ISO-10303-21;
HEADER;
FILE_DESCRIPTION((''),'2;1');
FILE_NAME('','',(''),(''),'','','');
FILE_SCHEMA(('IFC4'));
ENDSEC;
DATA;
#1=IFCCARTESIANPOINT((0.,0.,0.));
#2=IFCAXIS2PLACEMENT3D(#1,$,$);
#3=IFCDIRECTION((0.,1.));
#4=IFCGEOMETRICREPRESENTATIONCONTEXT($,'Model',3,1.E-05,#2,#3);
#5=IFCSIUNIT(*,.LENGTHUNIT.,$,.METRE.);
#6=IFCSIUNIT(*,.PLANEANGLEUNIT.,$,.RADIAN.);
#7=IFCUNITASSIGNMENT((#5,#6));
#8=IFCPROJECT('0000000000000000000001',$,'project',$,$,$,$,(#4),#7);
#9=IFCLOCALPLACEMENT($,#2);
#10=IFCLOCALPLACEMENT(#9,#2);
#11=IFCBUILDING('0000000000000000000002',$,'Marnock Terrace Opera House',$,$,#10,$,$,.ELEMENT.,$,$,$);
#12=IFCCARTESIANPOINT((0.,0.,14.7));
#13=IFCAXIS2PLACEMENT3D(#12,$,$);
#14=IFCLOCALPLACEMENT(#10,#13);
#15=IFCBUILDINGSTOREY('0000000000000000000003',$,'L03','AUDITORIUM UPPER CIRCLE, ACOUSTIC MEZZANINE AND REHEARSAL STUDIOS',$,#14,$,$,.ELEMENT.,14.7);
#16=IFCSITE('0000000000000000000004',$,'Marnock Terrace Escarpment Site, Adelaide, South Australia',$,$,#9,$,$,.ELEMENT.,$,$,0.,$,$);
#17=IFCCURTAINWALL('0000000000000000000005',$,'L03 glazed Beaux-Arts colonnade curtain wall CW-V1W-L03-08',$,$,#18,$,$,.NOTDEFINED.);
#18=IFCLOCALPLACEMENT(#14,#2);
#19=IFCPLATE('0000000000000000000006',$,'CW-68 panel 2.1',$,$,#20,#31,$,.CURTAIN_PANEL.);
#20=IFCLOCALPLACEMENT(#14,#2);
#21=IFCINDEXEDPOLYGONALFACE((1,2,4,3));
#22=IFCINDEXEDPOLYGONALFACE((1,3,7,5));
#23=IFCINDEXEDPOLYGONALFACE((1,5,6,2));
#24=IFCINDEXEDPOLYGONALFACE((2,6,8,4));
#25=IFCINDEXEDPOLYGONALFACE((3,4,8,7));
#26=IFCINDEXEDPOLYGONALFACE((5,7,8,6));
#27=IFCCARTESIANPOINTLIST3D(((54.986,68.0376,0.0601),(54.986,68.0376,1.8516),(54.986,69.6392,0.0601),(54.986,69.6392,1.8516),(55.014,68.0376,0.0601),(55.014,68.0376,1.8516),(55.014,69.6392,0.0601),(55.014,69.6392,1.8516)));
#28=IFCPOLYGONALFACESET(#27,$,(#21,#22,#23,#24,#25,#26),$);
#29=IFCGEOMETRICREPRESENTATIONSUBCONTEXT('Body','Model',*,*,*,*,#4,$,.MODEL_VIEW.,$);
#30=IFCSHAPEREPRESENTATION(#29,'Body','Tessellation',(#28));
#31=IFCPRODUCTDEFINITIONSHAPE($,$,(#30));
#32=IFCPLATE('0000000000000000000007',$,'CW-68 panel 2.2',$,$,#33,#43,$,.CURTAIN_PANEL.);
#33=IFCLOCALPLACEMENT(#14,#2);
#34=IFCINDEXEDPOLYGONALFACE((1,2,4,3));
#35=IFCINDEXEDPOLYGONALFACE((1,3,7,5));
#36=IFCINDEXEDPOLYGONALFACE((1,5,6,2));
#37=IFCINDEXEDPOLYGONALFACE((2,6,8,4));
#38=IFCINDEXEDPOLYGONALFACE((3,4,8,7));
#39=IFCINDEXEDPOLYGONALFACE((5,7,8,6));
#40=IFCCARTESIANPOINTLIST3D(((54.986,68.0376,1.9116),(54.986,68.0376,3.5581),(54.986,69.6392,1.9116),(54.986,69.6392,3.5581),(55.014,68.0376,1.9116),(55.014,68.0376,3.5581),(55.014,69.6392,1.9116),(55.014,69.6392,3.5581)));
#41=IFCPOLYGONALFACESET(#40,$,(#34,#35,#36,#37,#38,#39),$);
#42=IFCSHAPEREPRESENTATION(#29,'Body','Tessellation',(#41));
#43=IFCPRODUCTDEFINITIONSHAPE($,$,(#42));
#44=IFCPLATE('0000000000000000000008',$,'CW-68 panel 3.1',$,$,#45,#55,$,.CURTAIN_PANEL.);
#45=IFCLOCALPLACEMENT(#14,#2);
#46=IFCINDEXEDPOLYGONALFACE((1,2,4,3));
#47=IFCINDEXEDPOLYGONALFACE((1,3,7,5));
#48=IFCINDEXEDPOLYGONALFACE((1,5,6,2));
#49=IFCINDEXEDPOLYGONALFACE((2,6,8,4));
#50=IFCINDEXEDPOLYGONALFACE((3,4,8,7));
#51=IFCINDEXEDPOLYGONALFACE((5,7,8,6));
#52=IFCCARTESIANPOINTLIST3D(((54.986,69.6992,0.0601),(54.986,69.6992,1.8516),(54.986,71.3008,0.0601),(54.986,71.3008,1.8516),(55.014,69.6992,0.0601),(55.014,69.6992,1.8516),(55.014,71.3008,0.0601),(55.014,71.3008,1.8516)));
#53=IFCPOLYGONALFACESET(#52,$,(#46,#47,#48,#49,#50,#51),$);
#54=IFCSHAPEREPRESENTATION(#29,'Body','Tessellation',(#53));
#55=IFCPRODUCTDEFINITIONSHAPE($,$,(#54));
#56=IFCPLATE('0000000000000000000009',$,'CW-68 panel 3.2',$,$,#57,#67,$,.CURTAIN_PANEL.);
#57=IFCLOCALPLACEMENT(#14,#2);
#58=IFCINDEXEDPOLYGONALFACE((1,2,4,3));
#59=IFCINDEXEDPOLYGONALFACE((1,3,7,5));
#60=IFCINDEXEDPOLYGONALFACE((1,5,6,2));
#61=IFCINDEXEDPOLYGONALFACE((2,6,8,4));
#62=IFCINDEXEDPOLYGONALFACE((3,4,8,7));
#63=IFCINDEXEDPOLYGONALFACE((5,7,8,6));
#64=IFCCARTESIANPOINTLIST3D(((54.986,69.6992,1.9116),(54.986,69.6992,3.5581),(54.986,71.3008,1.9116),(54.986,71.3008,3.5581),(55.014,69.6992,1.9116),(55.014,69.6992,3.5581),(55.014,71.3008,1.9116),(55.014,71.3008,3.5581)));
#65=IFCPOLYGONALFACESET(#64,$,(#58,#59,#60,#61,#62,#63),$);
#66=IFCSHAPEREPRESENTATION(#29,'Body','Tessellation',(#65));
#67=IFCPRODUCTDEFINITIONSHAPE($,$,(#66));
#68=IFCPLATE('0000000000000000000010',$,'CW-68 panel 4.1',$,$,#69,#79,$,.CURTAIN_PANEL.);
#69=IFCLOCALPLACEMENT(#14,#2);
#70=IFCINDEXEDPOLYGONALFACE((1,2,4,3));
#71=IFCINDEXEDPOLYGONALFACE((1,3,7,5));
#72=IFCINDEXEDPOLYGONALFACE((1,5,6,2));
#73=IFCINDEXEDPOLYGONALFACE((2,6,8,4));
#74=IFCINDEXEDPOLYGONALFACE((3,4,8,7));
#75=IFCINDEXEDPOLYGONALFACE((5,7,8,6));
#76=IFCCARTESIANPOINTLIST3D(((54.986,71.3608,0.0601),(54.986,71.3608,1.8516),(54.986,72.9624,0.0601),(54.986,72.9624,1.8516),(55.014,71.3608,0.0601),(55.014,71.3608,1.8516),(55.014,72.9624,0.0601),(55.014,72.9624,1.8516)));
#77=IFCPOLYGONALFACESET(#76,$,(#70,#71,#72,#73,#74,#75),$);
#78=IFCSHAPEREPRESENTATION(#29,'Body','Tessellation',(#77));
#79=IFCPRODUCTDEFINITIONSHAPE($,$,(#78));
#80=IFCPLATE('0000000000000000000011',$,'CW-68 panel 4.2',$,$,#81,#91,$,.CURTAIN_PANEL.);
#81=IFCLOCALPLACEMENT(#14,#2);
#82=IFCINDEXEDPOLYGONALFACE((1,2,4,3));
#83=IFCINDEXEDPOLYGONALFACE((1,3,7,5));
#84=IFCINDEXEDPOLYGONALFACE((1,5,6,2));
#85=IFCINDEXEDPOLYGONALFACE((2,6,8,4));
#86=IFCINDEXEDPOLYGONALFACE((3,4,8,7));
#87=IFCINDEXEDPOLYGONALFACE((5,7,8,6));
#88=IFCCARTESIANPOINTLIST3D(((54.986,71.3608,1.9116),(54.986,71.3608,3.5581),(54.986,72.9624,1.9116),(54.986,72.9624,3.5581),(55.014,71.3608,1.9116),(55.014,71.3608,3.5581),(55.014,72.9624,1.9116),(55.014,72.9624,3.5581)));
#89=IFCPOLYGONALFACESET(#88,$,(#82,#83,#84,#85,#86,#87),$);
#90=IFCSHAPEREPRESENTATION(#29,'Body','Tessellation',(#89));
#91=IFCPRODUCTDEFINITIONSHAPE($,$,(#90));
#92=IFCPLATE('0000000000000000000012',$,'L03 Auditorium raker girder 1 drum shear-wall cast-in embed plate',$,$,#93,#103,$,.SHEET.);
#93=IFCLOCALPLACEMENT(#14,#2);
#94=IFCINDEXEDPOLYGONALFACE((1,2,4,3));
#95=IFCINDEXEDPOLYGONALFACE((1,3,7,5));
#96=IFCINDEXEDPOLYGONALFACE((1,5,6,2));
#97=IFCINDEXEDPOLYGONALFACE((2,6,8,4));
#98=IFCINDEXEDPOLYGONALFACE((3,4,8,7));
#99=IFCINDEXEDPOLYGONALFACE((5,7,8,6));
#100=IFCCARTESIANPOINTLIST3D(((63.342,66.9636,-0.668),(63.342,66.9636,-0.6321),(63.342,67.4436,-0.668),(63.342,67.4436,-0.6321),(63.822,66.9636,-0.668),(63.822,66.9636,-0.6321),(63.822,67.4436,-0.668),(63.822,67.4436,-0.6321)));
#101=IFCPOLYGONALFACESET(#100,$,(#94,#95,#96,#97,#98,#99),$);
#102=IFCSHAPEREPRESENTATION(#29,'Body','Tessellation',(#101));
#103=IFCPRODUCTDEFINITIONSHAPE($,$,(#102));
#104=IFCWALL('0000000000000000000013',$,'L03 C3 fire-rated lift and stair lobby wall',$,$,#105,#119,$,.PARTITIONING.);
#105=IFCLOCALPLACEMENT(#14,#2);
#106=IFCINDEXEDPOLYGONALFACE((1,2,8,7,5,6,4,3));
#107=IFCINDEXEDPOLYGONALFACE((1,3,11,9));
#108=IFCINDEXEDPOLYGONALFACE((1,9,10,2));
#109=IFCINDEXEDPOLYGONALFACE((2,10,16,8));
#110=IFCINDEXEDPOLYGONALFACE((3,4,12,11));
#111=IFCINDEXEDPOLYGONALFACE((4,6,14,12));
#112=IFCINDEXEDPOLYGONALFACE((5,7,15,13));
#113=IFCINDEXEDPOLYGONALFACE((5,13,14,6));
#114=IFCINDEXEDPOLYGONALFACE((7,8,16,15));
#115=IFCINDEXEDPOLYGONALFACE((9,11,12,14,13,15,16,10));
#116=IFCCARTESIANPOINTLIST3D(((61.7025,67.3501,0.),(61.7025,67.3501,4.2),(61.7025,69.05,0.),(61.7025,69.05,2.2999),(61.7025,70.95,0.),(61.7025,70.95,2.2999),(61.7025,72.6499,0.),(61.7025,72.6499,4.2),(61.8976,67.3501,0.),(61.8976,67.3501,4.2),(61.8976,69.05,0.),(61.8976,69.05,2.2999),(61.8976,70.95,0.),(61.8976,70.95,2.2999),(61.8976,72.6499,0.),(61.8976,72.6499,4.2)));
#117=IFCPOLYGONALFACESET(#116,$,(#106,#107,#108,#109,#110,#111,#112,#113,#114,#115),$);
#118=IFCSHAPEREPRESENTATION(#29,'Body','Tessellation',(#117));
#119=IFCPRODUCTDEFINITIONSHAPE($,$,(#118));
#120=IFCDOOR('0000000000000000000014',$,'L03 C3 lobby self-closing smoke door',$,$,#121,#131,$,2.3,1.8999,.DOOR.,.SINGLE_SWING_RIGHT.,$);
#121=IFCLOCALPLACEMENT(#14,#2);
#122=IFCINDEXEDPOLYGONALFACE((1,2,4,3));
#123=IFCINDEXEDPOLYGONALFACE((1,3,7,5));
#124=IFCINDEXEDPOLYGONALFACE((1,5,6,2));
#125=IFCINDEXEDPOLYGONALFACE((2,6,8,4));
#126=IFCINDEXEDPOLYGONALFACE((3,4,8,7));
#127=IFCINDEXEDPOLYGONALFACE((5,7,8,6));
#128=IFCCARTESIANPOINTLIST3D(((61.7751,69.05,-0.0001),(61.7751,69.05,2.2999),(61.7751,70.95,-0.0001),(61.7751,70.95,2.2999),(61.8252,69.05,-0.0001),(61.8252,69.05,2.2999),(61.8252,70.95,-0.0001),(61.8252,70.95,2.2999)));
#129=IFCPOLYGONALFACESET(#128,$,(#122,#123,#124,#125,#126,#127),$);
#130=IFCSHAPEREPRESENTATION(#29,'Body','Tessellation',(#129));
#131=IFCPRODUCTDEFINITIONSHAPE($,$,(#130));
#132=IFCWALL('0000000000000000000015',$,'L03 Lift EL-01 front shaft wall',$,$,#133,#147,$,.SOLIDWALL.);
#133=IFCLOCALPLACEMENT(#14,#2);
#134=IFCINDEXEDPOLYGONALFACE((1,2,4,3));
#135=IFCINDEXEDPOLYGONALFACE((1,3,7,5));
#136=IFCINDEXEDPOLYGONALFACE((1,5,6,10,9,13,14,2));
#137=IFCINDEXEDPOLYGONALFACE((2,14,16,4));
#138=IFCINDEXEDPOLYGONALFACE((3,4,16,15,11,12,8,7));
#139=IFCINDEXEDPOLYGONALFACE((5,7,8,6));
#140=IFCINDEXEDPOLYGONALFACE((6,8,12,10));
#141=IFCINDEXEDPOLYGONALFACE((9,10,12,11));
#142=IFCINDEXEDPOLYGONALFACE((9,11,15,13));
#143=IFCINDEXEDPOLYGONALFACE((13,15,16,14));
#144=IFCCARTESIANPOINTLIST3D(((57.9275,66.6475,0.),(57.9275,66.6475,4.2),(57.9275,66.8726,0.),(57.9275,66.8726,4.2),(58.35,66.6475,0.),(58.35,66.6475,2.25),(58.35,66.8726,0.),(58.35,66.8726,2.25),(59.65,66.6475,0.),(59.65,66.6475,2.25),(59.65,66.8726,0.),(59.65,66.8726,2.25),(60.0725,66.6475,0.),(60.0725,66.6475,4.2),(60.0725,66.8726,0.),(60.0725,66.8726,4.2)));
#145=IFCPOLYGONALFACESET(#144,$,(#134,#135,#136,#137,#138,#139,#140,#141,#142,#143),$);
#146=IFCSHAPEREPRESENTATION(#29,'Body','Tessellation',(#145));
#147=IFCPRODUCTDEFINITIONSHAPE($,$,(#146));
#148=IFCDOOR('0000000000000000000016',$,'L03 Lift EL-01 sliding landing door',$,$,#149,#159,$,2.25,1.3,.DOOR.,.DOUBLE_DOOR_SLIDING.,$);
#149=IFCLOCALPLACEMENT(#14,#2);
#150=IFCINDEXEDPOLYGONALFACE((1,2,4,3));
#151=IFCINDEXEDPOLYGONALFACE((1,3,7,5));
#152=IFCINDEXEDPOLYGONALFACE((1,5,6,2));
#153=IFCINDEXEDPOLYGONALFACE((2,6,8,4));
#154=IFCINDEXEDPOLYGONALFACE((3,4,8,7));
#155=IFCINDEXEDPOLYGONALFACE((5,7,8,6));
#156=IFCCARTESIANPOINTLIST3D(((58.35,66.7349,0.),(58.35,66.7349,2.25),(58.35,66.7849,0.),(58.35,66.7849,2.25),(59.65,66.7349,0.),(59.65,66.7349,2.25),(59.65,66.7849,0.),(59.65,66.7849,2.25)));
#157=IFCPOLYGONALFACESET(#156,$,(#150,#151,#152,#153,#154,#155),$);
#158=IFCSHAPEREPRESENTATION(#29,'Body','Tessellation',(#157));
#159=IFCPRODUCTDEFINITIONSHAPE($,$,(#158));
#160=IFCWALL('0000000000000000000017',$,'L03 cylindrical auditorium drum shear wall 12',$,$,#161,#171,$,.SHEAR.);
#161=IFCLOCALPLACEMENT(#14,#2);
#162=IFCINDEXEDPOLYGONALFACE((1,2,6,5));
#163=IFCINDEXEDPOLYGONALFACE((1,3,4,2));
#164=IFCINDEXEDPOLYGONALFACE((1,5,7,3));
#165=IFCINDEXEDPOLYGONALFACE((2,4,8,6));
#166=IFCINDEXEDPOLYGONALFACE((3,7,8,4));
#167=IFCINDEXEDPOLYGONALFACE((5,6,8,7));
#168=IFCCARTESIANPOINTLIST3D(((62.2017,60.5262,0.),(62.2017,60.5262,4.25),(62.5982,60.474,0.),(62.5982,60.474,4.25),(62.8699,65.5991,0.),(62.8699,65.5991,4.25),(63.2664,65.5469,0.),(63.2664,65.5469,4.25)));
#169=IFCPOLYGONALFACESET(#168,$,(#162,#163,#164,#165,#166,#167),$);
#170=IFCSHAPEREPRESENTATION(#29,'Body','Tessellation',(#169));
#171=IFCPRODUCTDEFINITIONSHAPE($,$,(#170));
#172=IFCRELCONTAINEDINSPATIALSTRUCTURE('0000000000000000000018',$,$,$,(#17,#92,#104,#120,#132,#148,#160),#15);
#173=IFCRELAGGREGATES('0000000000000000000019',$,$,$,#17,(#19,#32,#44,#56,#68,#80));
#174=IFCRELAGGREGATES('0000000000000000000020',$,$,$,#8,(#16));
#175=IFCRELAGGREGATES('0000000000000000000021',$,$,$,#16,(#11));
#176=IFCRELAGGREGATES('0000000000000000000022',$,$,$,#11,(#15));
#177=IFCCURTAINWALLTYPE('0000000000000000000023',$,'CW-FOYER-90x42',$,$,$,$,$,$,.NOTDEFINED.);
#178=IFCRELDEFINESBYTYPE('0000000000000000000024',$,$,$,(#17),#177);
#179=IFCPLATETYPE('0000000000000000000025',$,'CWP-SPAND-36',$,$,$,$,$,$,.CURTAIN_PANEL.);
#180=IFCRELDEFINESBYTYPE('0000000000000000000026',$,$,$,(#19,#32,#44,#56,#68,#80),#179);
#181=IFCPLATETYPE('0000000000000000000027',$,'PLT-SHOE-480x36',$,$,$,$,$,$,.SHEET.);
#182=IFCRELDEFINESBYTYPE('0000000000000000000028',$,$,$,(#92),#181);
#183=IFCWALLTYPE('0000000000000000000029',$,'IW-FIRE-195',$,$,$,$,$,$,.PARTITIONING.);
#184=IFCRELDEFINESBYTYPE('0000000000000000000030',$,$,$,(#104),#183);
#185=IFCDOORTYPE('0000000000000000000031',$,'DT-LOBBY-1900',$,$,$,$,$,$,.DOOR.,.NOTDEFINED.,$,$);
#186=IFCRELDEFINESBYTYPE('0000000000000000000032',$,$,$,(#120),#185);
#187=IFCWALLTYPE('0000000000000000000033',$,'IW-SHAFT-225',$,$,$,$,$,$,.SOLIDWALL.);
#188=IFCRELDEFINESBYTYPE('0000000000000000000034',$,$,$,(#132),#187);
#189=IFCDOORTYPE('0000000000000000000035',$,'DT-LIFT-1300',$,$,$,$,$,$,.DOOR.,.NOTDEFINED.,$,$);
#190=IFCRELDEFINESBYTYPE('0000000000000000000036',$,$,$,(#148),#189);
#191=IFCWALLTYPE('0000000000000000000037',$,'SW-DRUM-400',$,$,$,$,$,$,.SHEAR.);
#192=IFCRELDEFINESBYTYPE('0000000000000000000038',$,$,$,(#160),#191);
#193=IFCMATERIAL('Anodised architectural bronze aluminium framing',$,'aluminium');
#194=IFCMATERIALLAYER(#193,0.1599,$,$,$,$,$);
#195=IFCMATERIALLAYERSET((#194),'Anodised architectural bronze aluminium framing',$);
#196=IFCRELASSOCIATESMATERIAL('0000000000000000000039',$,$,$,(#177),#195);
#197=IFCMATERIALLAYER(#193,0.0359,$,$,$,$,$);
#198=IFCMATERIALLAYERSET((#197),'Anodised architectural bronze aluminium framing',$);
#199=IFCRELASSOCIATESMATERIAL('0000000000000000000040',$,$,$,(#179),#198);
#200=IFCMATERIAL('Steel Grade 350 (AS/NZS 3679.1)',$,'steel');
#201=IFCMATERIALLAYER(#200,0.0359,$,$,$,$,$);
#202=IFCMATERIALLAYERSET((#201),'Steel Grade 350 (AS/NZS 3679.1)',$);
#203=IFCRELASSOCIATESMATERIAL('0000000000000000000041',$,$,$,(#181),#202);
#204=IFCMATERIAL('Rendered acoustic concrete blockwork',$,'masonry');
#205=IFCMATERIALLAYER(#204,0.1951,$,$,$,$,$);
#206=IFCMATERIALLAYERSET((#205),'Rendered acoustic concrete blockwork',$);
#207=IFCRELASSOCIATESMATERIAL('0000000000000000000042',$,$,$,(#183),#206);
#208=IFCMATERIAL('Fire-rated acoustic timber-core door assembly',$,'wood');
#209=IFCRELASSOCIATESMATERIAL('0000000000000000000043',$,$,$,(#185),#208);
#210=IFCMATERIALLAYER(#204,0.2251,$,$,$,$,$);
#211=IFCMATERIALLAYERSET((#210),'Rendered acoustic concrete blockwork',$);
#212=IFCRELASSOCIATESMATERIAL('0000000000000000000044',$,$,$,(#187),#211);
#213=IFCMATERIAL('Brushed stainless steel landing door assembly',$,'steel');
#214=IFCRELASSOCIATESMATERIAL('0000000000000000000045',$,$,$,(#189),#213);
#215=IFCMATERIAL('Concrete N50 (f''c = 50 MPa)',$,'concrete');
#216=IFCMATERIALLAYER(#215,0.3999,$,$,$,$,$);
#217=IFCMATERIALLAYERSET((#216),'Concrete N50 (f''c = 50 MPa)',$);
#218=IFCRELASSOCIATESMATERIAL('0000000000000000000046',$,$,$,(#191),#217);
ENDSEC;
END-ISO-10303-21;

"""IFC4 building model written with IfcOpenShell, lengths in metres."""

from ifc_helpers import new_model, si_unit, direction, frame, frame_2d, origin, origin_2d, place, context, subcontext, project, spatial, rectangle, extrude, material, layer, layer_set, type_object, element, fill, aggregate, save


model = new_model("IFC4")

# Units and contexts
model_context = context("Model", 3, precision=1e-05, world=origin(), true_north=direction((0.0, 1.0)))
body_context = subcontext(model_context, "Body", "Model", "MODEL_VIEW")
ifc_project = project(units=[si_unit("LENGTHUNIT", "METRE"), si_unit("PLANEANGLEUNIT", "RADIAN")], contexts=[model_context])

# Site, building, storey
site_placement = place(None, origin())
site = spatial("IfcSite", under=ifc_project, at=site_placement, Name="Marnock Terrace Escarpment Site, Adelaide, South Australia", CompositionType="ELEMENT", RefElevation=0.0)
building_placement = place(site_placement, origin())
building = spatial("IfcBuilding", under=site, at=building_placement, Name="Marnock Terrace Opera House", CompositionType="ELEMENT")
storey_placement = place(building_placement, frame((0.0, 0.0, 14.7)))
storey = spatial("IfcBuildingStorey", under=building, at=storey_placement, Name="L03", Description="AUDITORIUM UPPER CIRCLE, ACOUSTIC MEZZANINE AND REHEARSAL STUDIOS", CompositionType="ELEMENT", Elevation=14.7)

# Shared definitions
ifc_material_1 = material(Name="Steel Grade 350 (AS/NZS 3679.1)", Category="steel")

# Shared definitions
ifc_material_2 = material(Name="Anodised architectural bronze aluminium framing", Category="aluminium")
ifc_layer_1 = layer(ifc_material_2, 0.1599)
ifc_layer_set_1 = layer_set([ifc_layer_1], Name="Anodised architectural bronze aluminium framing")
curtain_wall_type = type_object("IfcCurtainWallType", Name="CW-FOYER-90x42", PredefinedType="NOTDEFINED", material=ifc_layer_set_1)

# Curtain wall
curtain_wall_1_placement = place(storey_placement, origin())
curtain_wall_1 = element("IfcCurtainWall", 1, at=curtain_wall_1_placement, inside=storey, type_object=curtain_wall_type, Name="L03 glazed Beaux-Arts colonnade curtain wall CW-V1W-L03-08", PredefinedType="NOTDEFINED")

# Plates
ifc_layer_2 = layer(ifc_material_2, 0.0359)
ifc_layer_set_2 = layer_set([ifc_layer_2], Name="Anodised architectural bronze aluminium framing")
plate_type_1 = type_object("IfcPlateType", Name="CWP-SPAND-36", PredefinedType="CURTAIN_PANEL", material=ifc_layer_set_2)
plate_1_placement = place(storey_placement, frame((55.0, 68.8384, 0.0601), z_axis=(0.0, 0.0, 1.0), x_axis=(0.0, 1.0, 0.0)))
plate_1 = element("IfcPlate", 2, at=plate_1_placement, type_object=plate_type_1, Name="CW-68 panel 2.1", PredefinedType="CURTAIN_PANEL", context=body_context, shape_type="SweptSolid", body=[
    extrude(rectangle(XDim=1.6016, YDim=0.0281, at=origin_2d()), origin(), (0.0, 0.0, 1.0), 1.7915),
])
plate_2_placement = place(storey_placement, frame((55.0, 68.8384, 1.9116), z_axis=(0.0, 0.0, 1.0), x_axis=(0.0, 1.0, 0.0)))
plate_2 = element("IfcPlate", 3, at=plate_2_placement, type_object=plate_type_1, Name="CW-68 panel 2.2", PredefinedType="CURTAIN_PANEL", context=body_context, shape_type="SweptSolid", body=[
    extrude(rectangle(XDim=1.6016, YDim=0.0281, at=origin_2d()), origin(), (0.0, 0.0, 1.0), 1.6465),
])
plate_3_placement = place(storey_placement, frame((55.0, 70.5, 0.0601), z_axis=(0.0, 0.0, 1.0), x_axis=(0.0, 1.0, 0.0)))
plate_3 = element("IfcPlate", 4, at=plate_3_placement, type_object=plate_type_1, Name="CW-68 panel 3.1", PredefinedType="CURTAIN_PANEL", context=body_context, shape_type="SweptSolid", body=[
    extrude(rectangle(XDim=1.6016, YDim=0.0281, at=origin_2d()), origin(), (0.0, 0.0, 1.0), 1.7915),
])
plate_4_placement = place(storey_placement, frame((55.0, 70.5, 1.9116), z_axis=(0.0, 0.0, 1.0), x_axis=(0.0, 1.0, 0.0)))
plate_4 = element("IfcPlate", 5, at=plate_4_placement, type_object=plate_type_1, Name="CW-68 panel 3.2", PredefinedType="CURTAIN_PANEL", context=body_context, shape_type="SweptSolid", body=[
    extrude(rectangle(XDim=1.6016, YDim=0.0281, at=origin_2d()), origin(), (0.0, 0.0, 1.0), 1.6465),
])
plate_5_placement = place(storey_placement, frame((55.0, 72.1616, 0.0601), z_axis=(0.0, 0.0, 1.0), x_axis=(0.0, 1.0, 0.0)))
plate_5 = element("IfcPlate", 6, at=plate_5_placement, type_object=plate_type_1, Name="CW-68 panel 4.1", PredefinedType="CURTAIN_PANEL", context=body_context, shape_type="SweptSolid", body=[
    extrude(rectangle(XDim=1.6016, YDim=0.0281, at=origin_2d()), origin(), (0.0, 0.0, 1.0), 1.7915),
])
plate_6_placement = place(storey_placement, frame((55.0, 72.1616, 1.9116), z_axis=(0.0, 0.0, 1.0), x_axis=(0.0, 1.0, 0.0)))
plate_6 = element("IfcPlate", 7, at=plate_6_placement, type_object=plate_type_1, Name="CW-68 panel 4.2", PredefinedType="CURTAIN_PANEL", context=body_context, shape_type="SweptSolid", body=[
    extrude(rectangle(XDim=1.6016, YDim=0.0281, at=origin_2d()), origin(), (0.0, 0.0, 1.0), 1.6465),
])
aggregate(curtain_wall_1, [plate_1, plate_2, plate_3, plate_4, plate_5, plate_6])
ifc_layer_3 = layer(ifc_material_1, 0.0359)
ifc_layer_set_3 = layer_set([ifc_layer_3], Name="Steel Grade 350 (AS/NZS 3679.1)")
plate_type_2 = type_object("IfcPlateType", Name="PLT-SHOE-480x36", PredefinedType="SHEET", material=ifc_layer_set_3)
plate_7_placement = place(storey_placement, frame((63.582, 67.2036, -0.668), z_axis=(0.0, 0.0, 1.0), x_axis=(1.0, 0.0, 0.0)))
element("IfcPlate", 8, at=plate_7_placement, inside=storey, type_object=plate_type_2, Name="L03 Auditorium raker girder 1 drum shear-wall cast-in embed plate", PredefinedType="SHEET", context=body_context, shape_type="SweptSolid", body=[
    extrude(rectangle(XDim=0.48, YDim=0.48, at=origin_2d()), origin(), (0.0, 0.0, 1.0), 0.0359),
])

# Walls, openings, doors
ifc_material_3 = material(Name="Rendered acoustic concrete blockwork", Category="masonry")
ifc_layer_4 = layer(ifc_material_3, 0.1951)
ifc_layer_set_4 = layer_set([ifc_layer_4], Name="Rendered acoustic concrete blockwork")
wall_type_1 = type_object("IfcWallType", Name="IW-FIRE-195", PredefinedType="PARTITIONING", material=ifc_layer_set_4)
wall_1_placement = place(storey_placement, frame((61.8, 67.3501, 0.0), z_axis=(0.0, 0.0, 1.0), x_axis=(0.0, 1.0, 0.0)))
wall_1 = element("IfcWall", 9, at=wall_1_placement, inside=storey, type_object=wall_type_1, Name="L03 C3 fire-rated lift and stair lobby wall", PredefinedType="PARTITIONING", context=body_context, shape_type="SweptSolid", body=[
    extrude(rectangle(XDim=5.2998, YDim=0.1951, at=frame_2d((2.6499, 0.0))), origin(), (0.0, 0.0, 1.0), 4.2),
])
opening_1_placement = place(wall_1_placement, frame((1.7, 0.0, 0.0)))
opening_1 = element("IfcOpeningElement", 10, at=opening_1_placement, cuts=wall_1, PredefinedType="OPENING", context=body_context, shape_type="SweptSolid", body=[
    extrude(rectangle(XDim=1.8999, YDim=2.3, at=frame_2d((0.95, 1.1499))), frame((0.0, 0.1074, 0.0), z_axis=(0.0, -1.0, 0.0), x_axis=(1.0, 0.0, 0.0)), (0.0, 0.0, 1.0), 0.2151),
])
ifc_material_4 = material(Name="Fire-rated acoustic timber-core door assembly", Category="wood")
door_type_1 = type_object("IfcDoorType", Name="DT-LOBBY-1900", OperationType="NOTDEFINED", PredefinedType="DOOR", material=ifc_material_4)
door_1_placement = place(opening_1_placement, origin())
door_1 = element("IfcDoor", 11, at=door_1_placement, inside=storey, type_object=door_type_1, Name="L03 C3 lobby self-closing smoke door", OperationType="SINGLE_SWING_RIGHT", OverallHeight=2.3, OverallWidth=1.8999, PredefinedType="DOOR", context=body_context, shape_type="SweptSolid", body=[
    extrude(rectangle(XDim=1.8999, YDim=2.3, at=frame_2d((0.95, 1.1499))), frame((0.0, 0.0249, 0.0), z_axis=(0.0, -1.0, 0.0), x_axis=(1.0, 0.0, 0.0)), (0.0, 0.0, 1.0), 0.05),
])
fill(opening_1, door_1)
ifc_layer_5 = layer(ifc_material_3, 0.2251)
ifc_layer_set_5 = layer_set([ifc_layer_5], Name="Rendered acoustic concrete blockwork")
wall_type_2 = type_object("IfcWallType", Name="IW-SHAFT-225", PredefinedType="SOLIDWALL", material=ifc_layer_set_5)
wall_2_placement = place(storey_placement, frame((57.9275, 66.76, 0.0), z_axis=(0.0, 0.0, 1.0), x_axis=(1.0, 0.0, 0.0)))
wall_2 = element("IfcWall", 12, at=wall_2_placement, inside=storey, type_object=wall_type_2, Name="L03 Lift EL-01 front shaft wall", PredefinedType="SOLIDWALL", context=body_context, shape_type="SweptSolid", body=[
    extrude(rectangle(XDim=2.145, YDim=0.2251, at=frame_2d((1.0725, 0.0))), origin(), (0.0, 0.0, 1.0), 4.2),
])
opening_2_placement = place(wall_2_placement, frame((0.4226, 0.0, 0.0)))
opening_2 = element("IfcOpeningElement", 13, at=opening_2_placement, cuts=wall_2, PredefinedType="OPENING", context=body_context, shape_type="SweptSolid", body=[
    extrude(rectangle(XDim=1.3, YDim=2.25, at=frame_2d((0.6499, 1.125))), frame((0.0, 0.1226, 0.0), z_axis=(0.0, -1.0, 0.0), x_axis=(1.0, 0.0, 0.0)), (0.0, 0.0, 1.0), 0.2451),
])
ifc_material_5 = material(Name="Brushed stainless steel landing door assembly", Category="steel")
door_type_2 = type_object("IfcDoorType", Name="DT-LIFT-1300", OperationType="NOTDEFINED", PredefinedType="DOOR", material=ifc_material_5)
door_2_placement = place(opening_2_placement, origin())
door_2 = element("IfcDoor", 14, at=door_2_placement, inside=storey, type_object=door_type_2, Name="L03 Lift EL-01 sliding landing door", OperationType="DOUBLE_DOOR_SLIDING", OverallHeight=2.25, OverallWidth=1.3, PredefinedType="DOOR", context=body_context, shape_type="SweptSolid", body=[
    extrude(rectangle(XDim=1.3, YDim=2.25, at=frame_2d((0.6499, 1.125))), frame((0.0, 0.0249, 0.0), z_axis=(0.0, -1.0, 0.0), x_axis=(1.0, 0.0, 0.0)), (0.0, 0.0, 1.0), 0.05),
])
fill(opening_2, door_2)

# Wall
ifc_material_6 = material(Name="Concrete N50 (f'c = 50 MPa)", Category="concrete")
ifc_layer_6 = layer(ifc_material_6, 0.3999)
ifc_layer_set_6 = layer_set([ifc_layer_6], Name="Concrete N50 (f'c = 50 MPa)")
wall_type_3 = type_object("IfcWallType", Name="SW-DRUM-400", PredefinedType="SHEAR", material=ifc_layer_set_6)
wall_3_placement = place(storey_placement, frame((63.0681, 65.573, 0.0), z_axis=(0.0, 0.0, 1.0), x_axis=(-0.130592, -0.991436, 0.0)))
element("IfcWall", 15, at=wall_3_placement, inside=storey, type_object=wall_type_3, Name="L03 cylindrical auditorium drum shear wall 12", PredefinedType="SHEAR", context=body_context, shape_type="SweptSolid", body=[
    extrude(rectangle(XDim=5.1167, YDim=0.3999, at=frame_2d((2.5583, 0.0))), origin(), (0.0, 0.0, 1.0), 4.25),
])

save(model, "model.ifc")
